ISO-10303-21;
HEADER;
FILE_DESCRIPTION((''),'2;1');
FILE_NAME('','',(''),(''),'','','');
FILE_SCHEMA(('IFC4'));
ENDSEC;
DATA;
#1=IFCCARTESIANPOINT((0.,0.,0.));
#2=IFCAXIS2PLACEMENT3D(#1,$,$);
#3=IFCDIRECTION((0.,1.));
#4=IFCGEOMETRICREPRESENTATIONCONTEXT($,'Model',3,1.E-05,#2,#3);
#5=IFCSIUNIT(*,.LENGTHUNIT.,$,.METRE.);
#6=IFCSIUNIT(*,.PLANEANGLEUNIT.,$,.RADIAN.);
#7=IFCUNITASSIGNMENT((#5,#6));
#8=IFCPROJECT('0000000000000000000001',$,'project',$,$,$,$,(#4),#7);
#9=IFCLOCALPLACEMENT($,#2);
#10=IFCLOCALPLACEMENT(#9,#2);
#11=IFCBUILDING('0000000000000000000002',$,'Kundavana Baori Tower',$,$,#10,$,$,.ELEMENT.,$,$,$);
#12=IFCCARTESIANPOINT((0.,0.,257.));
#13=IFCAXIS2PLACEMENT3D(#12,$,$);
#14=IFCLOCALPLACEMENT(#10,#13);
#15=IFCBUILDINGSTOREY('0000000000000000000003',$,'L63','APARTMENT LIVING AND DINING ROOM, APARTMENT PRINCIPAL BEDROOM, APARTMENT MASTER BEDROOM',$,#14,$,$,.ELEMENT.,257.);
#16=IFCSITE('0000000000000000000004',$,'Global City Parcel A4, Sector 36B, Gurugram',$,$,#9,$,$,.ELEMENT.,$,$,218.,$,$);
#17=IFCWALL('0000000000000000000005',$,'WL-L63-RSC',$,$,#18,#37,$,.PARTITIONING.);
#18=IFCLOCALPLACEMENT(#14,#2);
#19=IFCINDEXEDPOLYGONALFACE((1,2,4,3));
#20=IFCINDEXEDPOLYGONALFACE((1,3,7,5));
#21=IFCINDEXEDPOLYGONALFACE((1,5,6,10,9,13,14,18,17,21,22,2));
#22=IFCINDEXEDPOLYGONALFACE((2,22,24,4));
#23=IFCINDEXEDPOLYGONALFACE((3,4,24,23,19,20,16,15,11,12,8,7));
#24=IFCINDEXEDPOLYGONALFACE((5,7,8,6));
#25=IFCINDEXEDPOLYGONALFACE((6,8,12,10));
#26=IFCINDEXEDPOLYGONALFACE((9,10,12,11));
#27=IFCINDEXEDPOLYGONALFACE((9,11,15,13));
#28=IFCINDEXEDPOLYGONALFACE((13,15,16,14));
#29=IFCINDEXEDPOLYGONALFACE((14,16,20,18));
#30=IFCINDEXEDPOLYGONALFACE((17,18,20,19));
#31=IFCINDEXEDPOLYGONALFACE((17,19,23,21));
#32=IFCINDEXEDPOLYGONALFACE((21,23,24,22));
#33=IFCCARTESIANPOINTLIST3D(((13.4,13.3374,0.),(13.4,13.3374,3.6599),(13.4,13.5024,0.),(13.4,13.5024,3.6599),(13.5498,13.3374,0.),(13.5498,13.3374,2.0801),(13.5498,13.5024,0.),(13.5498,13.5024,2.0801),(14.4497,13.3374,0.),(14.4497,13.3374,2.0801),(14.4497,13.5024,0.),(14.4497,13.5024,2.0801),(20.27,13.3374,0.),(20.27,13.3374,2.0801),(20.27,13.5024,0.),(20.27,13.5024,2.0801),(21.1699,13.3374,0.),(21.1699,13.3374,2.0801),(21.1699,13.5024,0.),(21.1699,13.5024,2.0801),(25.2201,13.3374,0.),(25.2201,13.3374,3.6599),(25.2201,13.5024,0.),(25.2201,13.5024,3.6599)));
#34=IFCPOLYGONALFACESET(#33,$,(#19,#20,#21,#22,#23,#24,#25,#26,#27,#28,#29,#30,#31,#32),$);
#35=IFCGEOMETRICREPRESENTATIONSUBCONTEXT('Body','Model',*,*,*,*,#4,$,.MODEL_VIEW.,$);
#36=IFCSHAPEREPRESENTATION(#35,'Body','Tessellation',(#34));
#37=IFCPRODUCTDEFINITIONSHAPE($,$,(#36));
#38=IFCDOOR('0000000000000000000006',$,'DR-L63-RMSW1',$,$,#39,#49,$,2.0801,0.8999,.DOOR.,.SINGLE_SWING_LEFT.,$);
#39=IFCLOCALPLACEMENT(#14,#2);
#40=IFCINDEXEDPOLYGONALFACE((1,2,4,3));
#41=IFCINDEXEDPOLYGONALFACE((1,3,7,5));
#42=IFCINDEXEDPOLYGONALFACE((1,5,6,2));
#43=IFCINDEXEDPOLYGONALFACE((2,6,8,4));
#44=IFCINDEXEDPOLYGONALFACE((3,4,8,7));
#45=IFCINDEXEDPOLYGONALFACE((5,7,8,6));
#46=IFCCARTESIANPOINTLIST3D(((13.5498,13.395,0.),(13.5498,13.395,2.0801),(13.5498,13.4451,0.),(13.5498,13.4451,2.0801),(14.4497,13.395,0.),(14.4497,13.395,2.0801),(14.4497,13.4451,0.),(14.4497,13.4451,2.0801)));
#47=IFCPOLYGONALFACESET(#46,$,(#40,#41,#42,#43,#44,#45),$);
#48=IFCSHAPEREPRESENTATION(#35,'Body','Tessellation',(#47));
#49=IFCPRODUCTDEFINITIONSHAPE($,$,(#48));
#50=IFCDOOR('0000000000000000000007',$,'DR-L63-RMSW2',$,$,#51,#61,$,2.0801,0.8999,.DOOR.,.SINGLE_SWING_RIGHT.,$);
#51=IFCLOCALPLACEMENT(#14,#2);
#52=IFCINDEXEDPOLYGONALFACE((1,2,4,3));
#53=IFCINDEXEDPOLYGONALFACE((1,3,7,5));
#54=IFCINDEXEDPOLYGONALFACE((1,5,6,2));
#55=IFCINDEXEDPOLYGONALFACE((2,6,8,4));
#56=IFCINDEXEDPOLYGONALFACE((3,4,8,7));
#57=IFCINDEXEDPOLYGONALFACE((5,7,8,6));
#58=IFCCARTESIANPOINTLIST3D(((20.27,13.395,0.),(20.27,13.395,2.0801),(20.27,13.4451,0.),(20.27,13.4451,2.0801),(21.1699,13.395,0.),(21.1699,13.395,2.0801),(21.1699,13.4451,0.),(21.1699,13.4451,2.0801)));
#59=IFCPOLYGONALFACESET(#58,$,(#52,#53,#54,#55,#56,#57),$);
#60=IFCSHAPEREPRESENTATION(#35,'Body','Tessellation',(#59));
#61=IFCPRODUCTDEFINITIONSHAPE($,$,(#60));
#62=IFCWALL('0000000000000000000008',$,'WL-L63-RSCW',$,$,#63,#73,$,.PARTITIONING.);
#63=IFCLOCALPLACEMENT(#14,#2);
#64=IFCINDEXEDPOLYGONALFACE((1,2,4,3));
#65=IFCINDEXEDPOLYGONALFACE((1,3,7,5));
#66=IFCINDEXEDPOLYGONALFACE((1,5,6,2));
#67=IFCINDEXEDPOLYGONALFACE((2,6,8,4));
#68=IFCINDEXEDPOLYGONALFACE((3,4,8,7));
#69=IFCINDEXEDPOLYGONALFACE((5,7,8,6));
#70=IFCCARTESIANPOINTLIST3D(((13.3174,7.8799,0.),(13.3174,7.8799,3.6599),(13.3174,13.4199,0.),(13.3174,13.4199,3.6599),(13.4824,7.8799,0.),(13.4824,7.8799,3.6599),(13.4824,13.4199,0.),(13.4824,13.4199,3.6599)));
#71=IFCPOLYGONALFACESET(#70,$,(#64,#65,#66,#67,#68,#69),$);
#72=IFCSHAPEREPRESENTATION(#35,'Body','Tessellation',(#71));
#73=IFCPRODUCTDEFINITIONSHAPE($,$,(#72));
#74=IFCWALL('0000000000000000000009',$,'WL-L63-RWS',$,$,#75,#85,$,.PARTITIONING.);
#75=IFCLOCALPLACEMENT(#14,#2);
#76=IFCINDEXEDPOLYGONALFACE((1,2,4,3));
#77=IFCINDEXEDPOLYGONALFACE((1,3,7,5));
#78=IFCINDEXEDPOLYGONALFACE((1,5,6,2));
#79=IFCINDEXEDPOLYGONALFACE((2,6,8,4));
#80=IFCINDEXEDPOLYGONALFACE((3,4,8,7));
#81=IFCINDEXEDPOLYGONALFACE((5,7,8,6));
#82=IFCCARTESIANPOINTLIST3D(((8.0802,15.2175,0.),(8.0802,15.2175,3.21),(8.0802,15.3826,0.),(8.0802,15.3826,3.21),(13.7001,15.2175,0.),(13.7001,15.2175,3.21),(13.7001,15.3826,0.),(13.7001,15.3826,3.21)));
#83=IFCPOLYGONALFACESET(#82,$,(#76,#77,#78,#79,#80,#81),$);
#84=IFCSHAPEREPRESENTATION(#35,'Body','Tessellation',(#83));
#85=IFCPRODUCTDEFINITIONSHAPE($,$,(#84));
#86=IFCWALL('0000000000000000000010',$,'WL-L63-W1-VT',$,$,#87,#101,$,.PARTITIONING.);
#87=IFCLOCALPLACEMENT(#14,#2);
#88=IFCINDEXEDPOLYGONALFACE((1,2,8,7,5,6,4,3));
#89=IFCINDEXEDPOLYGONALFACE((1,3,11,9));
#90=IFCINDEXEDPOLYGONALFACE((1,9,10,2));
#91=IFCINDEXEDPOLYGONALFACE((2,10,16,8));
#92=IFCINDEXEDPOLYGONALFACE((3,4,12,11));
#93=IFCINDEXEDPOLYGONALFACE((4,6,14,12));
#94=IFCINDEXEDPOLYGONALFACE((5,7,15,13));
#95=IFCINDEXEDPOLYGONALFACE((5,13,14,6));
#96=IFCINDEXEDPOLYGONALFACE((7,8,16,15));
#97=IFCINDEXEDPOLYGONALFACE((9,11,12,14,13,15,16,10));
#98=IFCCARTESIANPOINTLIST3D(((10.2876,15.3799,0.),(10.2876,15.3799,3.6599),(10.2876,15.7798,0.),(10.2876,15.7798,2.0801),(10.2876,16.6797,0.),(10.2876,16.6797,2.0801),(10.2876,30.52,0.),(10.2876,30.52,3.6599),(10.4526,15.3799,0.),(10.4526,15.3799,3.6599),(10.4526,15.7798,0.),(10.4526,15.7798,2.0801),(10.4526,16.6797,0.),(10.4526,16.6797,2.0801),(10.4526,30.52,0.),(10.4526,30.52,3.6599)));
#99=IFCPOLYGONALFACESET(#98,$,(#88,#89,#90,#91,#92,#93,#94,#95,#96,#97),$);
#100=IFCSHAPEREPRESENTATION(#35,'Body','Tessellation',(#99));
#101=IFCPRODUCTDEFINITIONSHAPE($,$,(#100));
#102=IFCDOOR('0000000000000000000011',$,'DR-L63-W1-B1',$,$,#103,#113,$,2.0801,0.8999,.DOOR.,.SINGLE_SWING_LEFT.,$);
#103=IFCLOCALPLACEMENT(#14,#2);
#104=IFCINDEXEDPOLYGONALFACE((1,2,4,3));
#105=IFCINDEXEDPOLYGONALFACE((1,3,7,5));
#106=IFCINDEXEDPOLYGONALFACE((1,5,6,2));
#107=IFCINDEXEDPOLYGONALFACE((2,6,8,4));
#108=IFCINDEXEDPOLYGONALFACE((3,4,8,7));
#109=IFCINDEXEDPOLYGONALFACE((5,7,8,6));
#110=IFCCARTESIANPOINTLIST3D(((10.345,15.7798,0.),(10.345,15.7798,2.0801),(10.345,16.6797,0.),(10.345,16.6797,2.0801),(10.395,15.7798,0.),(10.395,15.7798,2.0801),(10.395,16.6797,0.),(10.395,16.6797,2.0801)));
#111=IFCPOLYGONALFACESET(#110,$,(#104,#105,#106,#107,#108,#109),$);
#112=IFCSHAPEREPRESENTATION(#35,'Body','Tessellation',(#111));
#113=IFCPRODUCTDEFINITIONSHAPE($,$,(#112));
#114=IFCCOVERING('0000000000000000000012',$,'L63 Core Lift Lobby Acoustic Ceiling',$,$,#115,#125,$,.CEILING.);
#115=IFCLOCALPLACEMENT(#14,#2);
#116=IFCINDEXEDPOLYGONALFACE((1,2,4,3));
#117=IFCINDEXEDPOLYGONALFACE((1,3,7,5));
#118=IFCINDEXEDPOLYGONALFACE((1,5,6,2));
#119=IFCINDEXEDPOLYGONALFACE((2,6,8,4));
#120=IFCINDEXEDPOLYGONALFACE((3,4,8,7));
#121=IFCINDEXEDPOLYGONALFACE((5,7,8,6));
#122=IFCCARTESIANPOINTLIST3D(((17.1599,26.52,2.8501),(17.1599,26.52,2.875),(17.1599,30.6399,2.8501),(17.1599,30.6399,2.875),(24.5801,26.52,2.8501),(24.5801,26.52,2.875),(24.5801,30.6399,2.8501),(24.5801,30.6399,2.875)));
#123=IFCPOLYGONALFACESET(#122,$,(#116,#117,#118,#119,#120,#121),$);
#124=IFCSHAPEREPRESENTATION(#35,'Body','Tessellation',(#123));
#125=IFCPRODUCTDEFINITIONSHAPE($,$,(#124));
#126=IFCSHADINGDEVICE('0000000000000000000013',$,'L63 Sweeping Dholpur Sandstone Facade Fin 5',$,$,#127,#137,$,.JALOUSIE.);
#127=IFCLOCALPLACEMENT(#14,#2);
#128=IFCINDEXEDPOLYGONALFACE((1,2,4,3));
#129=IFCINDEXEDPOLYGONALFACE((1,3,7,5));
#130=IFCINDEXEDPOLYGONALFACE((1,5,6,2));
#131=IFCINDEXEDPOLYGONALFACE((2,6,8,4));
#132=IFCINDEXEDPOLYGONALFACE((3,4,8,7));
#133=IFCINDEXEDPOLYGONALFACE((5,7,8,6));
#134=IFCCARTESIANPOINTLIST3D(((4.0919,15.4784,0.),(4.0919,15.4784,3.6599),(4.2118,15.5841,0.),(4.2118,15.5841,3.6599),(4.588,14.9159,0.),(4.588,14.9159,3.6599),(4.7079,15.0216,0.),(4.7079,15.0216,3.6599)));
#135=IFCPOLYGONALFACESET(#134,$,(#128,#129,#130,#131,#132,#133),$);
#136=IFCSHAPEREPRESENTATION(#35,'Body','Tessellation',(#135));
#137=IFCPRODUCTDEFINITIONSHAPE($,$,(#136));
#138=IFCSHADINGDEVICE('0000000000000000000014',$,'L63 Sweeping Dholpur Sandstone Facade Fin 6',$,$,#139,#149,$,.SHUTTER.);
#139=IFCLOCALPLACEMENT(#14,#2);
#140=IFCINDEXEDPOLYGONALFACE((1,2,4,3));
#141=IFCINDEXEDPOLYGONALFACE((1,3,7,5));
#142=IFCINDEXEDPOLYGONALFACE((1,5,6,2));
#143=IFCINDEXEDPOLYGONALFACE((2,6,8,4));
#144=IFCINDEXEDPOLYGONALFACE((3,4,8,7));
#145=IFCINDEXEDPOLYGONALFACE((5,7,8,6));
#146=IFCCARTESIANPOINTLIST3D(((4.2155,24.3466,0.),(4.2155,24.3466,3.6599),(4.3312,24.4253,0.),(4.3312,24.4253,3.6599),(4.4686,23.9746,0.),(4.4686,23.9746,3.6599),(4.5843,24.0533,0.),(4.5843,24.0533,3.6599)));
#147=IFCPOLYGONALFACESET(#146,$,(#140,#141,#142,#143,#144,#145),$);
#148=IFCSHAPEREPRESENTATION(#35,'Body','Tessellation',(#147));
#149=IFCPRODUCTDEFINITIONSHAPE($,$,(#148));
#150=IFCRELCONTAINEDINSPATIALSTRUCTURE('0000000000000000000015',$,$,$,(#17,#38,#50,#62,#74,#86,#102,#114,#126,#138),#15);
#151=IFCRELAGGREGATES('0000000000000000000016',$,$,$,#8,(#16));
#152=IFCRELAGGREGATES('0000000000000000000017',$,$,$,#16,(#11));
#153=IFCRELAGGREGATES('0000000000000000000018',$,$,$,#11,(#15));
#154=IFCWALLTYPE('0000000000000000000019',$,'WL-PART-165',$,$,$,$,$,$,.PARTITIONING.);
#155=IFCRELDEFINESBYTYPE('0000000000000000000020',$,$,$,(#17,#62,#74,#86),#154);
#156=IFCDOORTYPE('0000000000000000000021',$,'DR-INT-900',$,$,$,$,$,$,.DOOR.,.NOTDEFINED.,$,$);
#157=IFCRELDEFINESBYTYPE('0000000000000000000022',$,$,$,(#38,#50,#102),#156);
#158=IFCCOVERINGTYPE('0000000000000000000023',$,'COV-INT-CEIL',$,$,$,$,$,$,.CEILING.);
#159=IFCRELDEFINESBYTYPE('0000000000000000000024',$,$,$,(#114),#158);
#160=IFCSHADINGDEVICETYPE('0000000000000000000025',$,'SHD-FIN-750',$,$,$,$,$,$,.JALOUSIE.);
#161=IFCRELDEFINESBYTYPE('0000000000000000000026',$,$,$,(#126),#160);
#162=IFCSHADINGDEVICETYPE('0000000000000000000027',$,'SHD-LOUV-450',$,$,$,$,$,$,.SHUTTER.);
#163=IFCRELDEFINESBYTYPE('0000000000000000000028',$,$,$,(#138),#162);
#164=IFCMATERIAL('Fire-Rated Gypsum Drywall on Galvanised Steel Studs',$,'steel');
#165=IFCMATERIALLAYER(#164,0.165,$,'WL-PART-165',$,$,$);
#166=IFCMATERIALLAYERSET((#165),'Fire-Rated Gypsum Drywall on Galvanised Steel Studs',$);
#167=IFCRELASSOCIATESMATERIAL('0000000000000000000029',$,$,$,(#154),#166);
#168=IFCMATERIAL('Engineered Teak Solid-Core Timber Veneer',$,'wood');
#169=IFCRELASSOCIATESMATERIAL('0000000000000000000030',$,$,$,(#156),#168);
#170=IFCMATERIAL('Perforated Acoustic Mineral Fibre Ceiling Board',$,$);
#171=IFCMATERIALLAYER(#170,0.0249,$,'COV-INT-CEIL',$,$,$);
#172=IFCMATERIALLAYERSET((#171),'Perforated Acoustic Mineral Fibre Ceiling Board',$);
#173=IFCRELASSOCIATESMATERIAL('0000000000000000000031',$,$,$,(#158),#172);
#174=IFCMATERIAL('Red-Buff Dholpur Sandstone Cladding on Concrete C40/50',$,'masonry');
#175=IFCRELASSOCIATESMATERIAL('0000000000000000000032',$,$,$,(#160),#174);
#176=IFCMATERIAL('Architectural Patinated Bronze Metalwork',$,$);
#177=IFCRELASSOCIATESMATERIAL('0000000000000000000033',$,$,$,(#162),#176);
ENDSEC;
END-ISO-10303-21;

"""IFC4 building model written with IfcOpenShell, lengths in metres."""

from ifc_helpers import new_model, si_unit, direction, frame, frame_2d, origin, origin_2d, place, context, subcontext, project, spatial, polyline, rectangle, outline, extrude, material, layer, layer_set, type_object, element, fill, save


model = new_model("IFC4")

# Units and contexts
model_context = context("Model", 3, precision=1e-05, world=origin(), true_north=direction((0.0, 1.0)))
body_context = subcontext(model_context, "Body", "Model", "MODEL_VIEW")
ifc_project = project(units=[si_unit("LENGTHUNIT", "METRE"), si_unit("PLANEANGLEUNIT", "RADIAN")], contexts=[model_context])

# Site, building, storey
site_placement = place(None, origin())
site = spatial("IfcSite", under=ifc_project, at=site_placement, Name="Global City Parcel A4, Sector 36B, Gurugram", CompositionType="ELEMENT", RefElevation=218.0)
building_placement = place(site_placement, origin())
building = spatial("IfcBuilding", under=site, at=building_placement, Name="Kundavana Baori Tower", CompositionType="ELEMENT")
storey_placement = place(building_placement, frame((0.0, 0.0, 257.0)))
storey = spatial("IfcBuildingStorey", under=building, at=storey_placement, Name="L63", Description="APARTMENT LIVING AND DINING ROOM, APARTMENT PRINCIPAL BEDROOM, APARTMENT MASTER BEDROOM", CompositionType="ELEMENT", Elevation=257.0)

# Wall, openings, doors
ifc_material_1 = material(Name="Fire-Rated Gypsum Drywall on Galvanised Steel Studs", Category="steel")
ifc_layer_1 = layer(ifc_material_1, 0.165, Name="WL-PART-165")
ifc_layer_set_1 = layer_set([ifc_layer_1], Name="Fire-Rated Gypsum Drywall on Galvanised Steel Studs")
wall_type_1 = type_object("IfcWallType", Name="WL-PART-165", PredefinedType="PARTITIONING", material=ifc_layer_set_1)
wall_1_placement = place(storey_placement, frame((13.3999, 13.4199, 0.0), z_axis=(0.0, 0.0, 1.0), x_axis=(1.0, 0.0, 0.0)))
wall_1 = element("IfcWall", 1, at=wall_1_placement, inside=storey, type_object=wall_type_1, Name="WL-L63-RSC", PredefinedType="PARTITIONING", context=body_context, shape_type="SweptSolid", body=[
    extrude(rectangle(XDim=11.8201, YDim=0.165, at=frame_2d((5.9102, 0.0))), origin(), (0.0, 0.0, 1.0), 3.6599),
])
opening_1_placement = place(wall_1_placement, frame((0.1499, 0.0, 0.0)))
opening_1 = element("IfcOpeningElement", 2, at=opening_1_placement, cuts=wall_1, PredefinedType="OPENING", context=body_context, shape_type="SweptSolid", body=[
    extrude(rectangle(XDim=0.8999, YDim=2.0801, at=frame_2d((0.45, 1.04))), frame((0.0, 0.0925, 0.0), z_axis=(0.0, -1.0, 0.0), x_axis=(1.0, 0.0, 0.0)), (0.0, 0.0, 1.0), 0.1851),
])
opening_2_placement = place(wall_1_placement, frame((6.8701, 0.0, 0.0)))
opening_2 = element("IfcOpeningElement", 3, at=opening_2_placement, cuts=wall_1, PredefinedType="OPENING", context=body_context, shape_type="SweptSolid", body=[
    extrude(rectangle(XDim=0.8999, YDim=2.0801, at=frame_2d((0.45, 1.04))), frame((0.0, 0.0925, 0.0), z_axis=(0.0, -1.0, 0.0), x_axis=(1.0, 0.0, 0.0)), (0.0, 0.0, 1.0), 0.1851),
])
ifc_material_2 = material(Name="Engineered Teak Solid-Core Timber Veneer", Category="wood")
door_type_1 = type_object("IfcDoorType", Name="DR-INT-900", OperationType="NOTDEFINED", PredefinedType="DOOR", material=ifc_material_2)
door_1_placement = place(opening_1_placement, frame((0.8999, 0.0, 0.0), z_axis=(0.0, 0.0, 1.0), x_axis=(-1.0, 0.0, 0.0)))
door_1 = element("IfcDoor", 4, at=door_1_placement, inside=storey, type_object=door_type_1, Name="DR-L63-RMSW1", OperationType="SINGLE_SWING_LEFT", OverallHeight=2.0801, OverallWidth=0.8999, PredefinedType="DOOR", context=body_context, shape_type="SweptSolid", body=[
    extrude(rectangle(XDim=0.8999, YDim=2.0801, at=frame_2d((0.45, 1.04))), frame((0.0, 0.0249, 0.0), z_axis=(0.0, -1.0, 0.0), x_axis=(1.0, 0.0, 0.0)), (0.0, 0.0, 1.0), 0.05),
])
fill(opening_1, door_1)
door_2_placement = place(opening_2_placement, frame((0.8999, 0.0, 0.0), z_axis=(0.0, 0.0, 1.0), x_axis=(-1.0, 0.0, 0.0)))
door_2 = element("IfcDoor", 5, at=door_2_placement, inside=storey, type_object=door_type_1, Name="DR-L63-RMSW2", OperationType="SINGLE_SWING_RIGHT", OverallHeight=2.0801, OverallWidth=0.8999, PredefinedType="DOOR", context=body_context, shape_type="SweptSolid", body=[
    extrude(rectangle(XDim=0.8999, YDim=2.0801, at=frame_2d((0.45, 1.04))), frame((0.0, 0.0249, 0.0), z_axis=(0.0, -1.0, 0.0), x_axis=(1.0, 0.0, 0.0)), (0.0, 0.0, 1.0), 0.05),
])
fill(opening_2, door_2)

# Walls
wall_2_placement = place(storey_placement, frame((13.3999, 7.8799, 0.0), z_axis=(0.0, 0.0, 1.0), x_axis=(0.0, 1.0, 0.0)))
element("IfcWall", 6, at=wall_2_placement, inside=storey, type_object=wall_type_1, Name="WL-L63-RSCW", PredefinedType="PARTITIONING", context=body_context, shape_type="SweptSolid", body=[
    extrude(rectangle(XDim=5.54, YDim=0.165, at=frame_2d((2.77, 0.0))), origin(), (0.0, 0.0, 1.0), 3.6599),
])
wall_3_placement = place(storey_placement, frame((8.0801, 15.3, 0.0), z_axis=(0.0, 0.0, 1.0), x_axis=(1.0, 0.0, 0.0)))
element("IfcWall", 7, at=wall_3_placement, inside=storey, type_object=wall_type_1, Name="WL-L63-RWS", PredefinedType="PARTITIONING", context=body_context, shape_type="SweptSolid", body=[
    extrude(rectangle(XDim=5.6199, YDim=0.165, at=frame_2d((2.8101, 0.0))), origin(), (0.0, 0.0, 1.0), 3.21),
])

# Wall, opening, door
wall_4_placement = place(storey_placement, frame((10.3701, 15.3799, 0.0), z_axis=(0.0, 0.0, 1.0), x_axis=(0.0, 1.0, 0.0)))
wall_4 = element("IfcWall", 8, at=wall_4_placement, inside=storey, type_object=wall_type_1, Name="WL-L63-W1-VT", PredefinedType="PARTITIONING", context=body_context, shape_type="SweptSolid", body=[
    extrude(rectangle(XDim=15.1401, YDim=0.165, at=frame_2d((7.5701, 0.0))), origin(), (0.0, 0.0, 1.0), 3.6599),
])
opening_3_placement = place(wall_4_placement, frame((0.3999, 0.0, 0.0)))
opening_3 = element("IfcOpeningElement", 9, at=opening_3_placement, cuts=wall_4, PredefinedType="OPENING", context=body_context, shape_type="SweptSolid", body=[
    extrude(rectangle(XDim=0.8999, YDim=2.0801, at=frame_2d((0.45, 1.04))), frame((0.0, 0.0925, 0.0), z_axis=(0.0, -1.0, 0.0), x_axis=(1.0, 0.0, 0.0)), (0.0, 0.0, 1.0), 0.1851),
])
door_3_placement = place(opening_3_placement, frame((0.8999, 0.0, 0.0), z_axis=(0.0, 0.0, 1.0), x_axis=(-1.0, 0.0, 0.0)))
door_3 = element("IfcDoor", 10, at=door_3_placement, inside=storey, type_object=door_type_1, Name="DR-L63-W1-B1", OperationType="SINGLE_SWING_LEFT", OverallHeight=2.0801, OverallWidth=0.8999, PredefinedType="DOOR", context=body_context, shape_type="SweptSolid", body=[
    extrude(rectangle(XDim=0.8999, YDim=2.0801, at=frame_2d((0.45, 1.04))), frame((0.0, 0.0249, 0.0), z_axis=(0.0, -1.0, 0.0), x_axis=(1.0, 0.0, 0.0)), (0.0, 0.0, 1.0), 0.05),
])
fill(opening_3, door_3)

# Covering
ifc_material_3 = material(Name="Perforated Acoustic Mineral Fibre Ceiling Board")
ifc_layer_2 = layer(ifc_material_3, 0.0249, Name="COV-INT-CEIL")
ifc_layer_set_2 = layer_set([ifc_layer_2], Name="Perforated Acoustic Mineral Fibre Ceiling Board")
covering_type = type_object("IfcCoveringType", Name="COV-INT-CEIL", PredefinedType="CEILING", material=ifc_layer_set_2)
covering_placement = place(storey_placement, frame((0.0, 0.0, 2.8501)))
element("IfcCovering", 11, at=covering_placement, inside=storey, type_object=covering_type, Name="L63 Core Lift Lobby Acoustic Ceiling", PredefinedType="CEILING", context=body_context, shape_type="SweptSolid", body=[
    extrude(outline(polyline([(17.1599, 26.52), (24.5801, 26.52), (24.5801, 30.6399), (17.1599, 30.6399), (17.1599, 26.52)])), origin(), (0.0, 0.0, 1.0), 0.0249),
])

# Shading devices
ifc_material_4 = material(Name="Red-Buff Dholpur Sandstone Cladding on Concrete C40/50", Category="masonry")
shading_device_type_1 = type_object("IfcShadingDeviceType", Name="SHD-FIN-750", PredefinedType="JALOUSIE", material=ifc_material_4)
shading_device_1_placement = place(storey_placement, frame((4.3999, 15.25, 0.0), z_axis=(0.0, 0.0, 1.0), x_axis=(0.749996, 0.661443, 0.0)))
element("IfcShadingDevice", 12, at=shading_device_1_placement, inside=storey, type_object=shading_device_type_1, Name="L63 Sweeping Dholpur Sandstone Facade Fin 5", PredefinedType="JALOUSIE", context=body_context, shape_type="SweptSolid", body=[
    extrude(rectangle(XDim=0.1599, YDim=0.75, at=origin_2d()), origin(), (0.0, 0.0, 1.0), 3.6599),
])
ifc_material_5 = material(Name="Architectural Patinated Bronze Metalwork")
shading_device_type_2 = type_object("IfcShadingDeviceType", Name="SHD-LOUV-450", PredefinedType="SHUTTER", material=ifc_material_5)
shading_device_2_placement = place(storey_placement, frame((4.3999, 24.2, 0.0), z_axis=(0.0, 0.0, 1.0), x_axis=(0.826884, 0.562372, 0.0)))
element("IfcShadingDevice", 13, at=shading_device_2_placement, inside=storey, type_object=shading_device_type_2, Name="L63 Sweeping Dholpur Sandstone Facade Fin 6", PredefinedType="SHUTTER", context=body_context, shape_type="SweptSolid", body=[
    extrude(rectangle(XDim=0.1399, YDim=0.45, at=origin_2d()), origin(), (0.0, 0.0, 1.0), 3.6599),
])

save(model, "model.ifc")
